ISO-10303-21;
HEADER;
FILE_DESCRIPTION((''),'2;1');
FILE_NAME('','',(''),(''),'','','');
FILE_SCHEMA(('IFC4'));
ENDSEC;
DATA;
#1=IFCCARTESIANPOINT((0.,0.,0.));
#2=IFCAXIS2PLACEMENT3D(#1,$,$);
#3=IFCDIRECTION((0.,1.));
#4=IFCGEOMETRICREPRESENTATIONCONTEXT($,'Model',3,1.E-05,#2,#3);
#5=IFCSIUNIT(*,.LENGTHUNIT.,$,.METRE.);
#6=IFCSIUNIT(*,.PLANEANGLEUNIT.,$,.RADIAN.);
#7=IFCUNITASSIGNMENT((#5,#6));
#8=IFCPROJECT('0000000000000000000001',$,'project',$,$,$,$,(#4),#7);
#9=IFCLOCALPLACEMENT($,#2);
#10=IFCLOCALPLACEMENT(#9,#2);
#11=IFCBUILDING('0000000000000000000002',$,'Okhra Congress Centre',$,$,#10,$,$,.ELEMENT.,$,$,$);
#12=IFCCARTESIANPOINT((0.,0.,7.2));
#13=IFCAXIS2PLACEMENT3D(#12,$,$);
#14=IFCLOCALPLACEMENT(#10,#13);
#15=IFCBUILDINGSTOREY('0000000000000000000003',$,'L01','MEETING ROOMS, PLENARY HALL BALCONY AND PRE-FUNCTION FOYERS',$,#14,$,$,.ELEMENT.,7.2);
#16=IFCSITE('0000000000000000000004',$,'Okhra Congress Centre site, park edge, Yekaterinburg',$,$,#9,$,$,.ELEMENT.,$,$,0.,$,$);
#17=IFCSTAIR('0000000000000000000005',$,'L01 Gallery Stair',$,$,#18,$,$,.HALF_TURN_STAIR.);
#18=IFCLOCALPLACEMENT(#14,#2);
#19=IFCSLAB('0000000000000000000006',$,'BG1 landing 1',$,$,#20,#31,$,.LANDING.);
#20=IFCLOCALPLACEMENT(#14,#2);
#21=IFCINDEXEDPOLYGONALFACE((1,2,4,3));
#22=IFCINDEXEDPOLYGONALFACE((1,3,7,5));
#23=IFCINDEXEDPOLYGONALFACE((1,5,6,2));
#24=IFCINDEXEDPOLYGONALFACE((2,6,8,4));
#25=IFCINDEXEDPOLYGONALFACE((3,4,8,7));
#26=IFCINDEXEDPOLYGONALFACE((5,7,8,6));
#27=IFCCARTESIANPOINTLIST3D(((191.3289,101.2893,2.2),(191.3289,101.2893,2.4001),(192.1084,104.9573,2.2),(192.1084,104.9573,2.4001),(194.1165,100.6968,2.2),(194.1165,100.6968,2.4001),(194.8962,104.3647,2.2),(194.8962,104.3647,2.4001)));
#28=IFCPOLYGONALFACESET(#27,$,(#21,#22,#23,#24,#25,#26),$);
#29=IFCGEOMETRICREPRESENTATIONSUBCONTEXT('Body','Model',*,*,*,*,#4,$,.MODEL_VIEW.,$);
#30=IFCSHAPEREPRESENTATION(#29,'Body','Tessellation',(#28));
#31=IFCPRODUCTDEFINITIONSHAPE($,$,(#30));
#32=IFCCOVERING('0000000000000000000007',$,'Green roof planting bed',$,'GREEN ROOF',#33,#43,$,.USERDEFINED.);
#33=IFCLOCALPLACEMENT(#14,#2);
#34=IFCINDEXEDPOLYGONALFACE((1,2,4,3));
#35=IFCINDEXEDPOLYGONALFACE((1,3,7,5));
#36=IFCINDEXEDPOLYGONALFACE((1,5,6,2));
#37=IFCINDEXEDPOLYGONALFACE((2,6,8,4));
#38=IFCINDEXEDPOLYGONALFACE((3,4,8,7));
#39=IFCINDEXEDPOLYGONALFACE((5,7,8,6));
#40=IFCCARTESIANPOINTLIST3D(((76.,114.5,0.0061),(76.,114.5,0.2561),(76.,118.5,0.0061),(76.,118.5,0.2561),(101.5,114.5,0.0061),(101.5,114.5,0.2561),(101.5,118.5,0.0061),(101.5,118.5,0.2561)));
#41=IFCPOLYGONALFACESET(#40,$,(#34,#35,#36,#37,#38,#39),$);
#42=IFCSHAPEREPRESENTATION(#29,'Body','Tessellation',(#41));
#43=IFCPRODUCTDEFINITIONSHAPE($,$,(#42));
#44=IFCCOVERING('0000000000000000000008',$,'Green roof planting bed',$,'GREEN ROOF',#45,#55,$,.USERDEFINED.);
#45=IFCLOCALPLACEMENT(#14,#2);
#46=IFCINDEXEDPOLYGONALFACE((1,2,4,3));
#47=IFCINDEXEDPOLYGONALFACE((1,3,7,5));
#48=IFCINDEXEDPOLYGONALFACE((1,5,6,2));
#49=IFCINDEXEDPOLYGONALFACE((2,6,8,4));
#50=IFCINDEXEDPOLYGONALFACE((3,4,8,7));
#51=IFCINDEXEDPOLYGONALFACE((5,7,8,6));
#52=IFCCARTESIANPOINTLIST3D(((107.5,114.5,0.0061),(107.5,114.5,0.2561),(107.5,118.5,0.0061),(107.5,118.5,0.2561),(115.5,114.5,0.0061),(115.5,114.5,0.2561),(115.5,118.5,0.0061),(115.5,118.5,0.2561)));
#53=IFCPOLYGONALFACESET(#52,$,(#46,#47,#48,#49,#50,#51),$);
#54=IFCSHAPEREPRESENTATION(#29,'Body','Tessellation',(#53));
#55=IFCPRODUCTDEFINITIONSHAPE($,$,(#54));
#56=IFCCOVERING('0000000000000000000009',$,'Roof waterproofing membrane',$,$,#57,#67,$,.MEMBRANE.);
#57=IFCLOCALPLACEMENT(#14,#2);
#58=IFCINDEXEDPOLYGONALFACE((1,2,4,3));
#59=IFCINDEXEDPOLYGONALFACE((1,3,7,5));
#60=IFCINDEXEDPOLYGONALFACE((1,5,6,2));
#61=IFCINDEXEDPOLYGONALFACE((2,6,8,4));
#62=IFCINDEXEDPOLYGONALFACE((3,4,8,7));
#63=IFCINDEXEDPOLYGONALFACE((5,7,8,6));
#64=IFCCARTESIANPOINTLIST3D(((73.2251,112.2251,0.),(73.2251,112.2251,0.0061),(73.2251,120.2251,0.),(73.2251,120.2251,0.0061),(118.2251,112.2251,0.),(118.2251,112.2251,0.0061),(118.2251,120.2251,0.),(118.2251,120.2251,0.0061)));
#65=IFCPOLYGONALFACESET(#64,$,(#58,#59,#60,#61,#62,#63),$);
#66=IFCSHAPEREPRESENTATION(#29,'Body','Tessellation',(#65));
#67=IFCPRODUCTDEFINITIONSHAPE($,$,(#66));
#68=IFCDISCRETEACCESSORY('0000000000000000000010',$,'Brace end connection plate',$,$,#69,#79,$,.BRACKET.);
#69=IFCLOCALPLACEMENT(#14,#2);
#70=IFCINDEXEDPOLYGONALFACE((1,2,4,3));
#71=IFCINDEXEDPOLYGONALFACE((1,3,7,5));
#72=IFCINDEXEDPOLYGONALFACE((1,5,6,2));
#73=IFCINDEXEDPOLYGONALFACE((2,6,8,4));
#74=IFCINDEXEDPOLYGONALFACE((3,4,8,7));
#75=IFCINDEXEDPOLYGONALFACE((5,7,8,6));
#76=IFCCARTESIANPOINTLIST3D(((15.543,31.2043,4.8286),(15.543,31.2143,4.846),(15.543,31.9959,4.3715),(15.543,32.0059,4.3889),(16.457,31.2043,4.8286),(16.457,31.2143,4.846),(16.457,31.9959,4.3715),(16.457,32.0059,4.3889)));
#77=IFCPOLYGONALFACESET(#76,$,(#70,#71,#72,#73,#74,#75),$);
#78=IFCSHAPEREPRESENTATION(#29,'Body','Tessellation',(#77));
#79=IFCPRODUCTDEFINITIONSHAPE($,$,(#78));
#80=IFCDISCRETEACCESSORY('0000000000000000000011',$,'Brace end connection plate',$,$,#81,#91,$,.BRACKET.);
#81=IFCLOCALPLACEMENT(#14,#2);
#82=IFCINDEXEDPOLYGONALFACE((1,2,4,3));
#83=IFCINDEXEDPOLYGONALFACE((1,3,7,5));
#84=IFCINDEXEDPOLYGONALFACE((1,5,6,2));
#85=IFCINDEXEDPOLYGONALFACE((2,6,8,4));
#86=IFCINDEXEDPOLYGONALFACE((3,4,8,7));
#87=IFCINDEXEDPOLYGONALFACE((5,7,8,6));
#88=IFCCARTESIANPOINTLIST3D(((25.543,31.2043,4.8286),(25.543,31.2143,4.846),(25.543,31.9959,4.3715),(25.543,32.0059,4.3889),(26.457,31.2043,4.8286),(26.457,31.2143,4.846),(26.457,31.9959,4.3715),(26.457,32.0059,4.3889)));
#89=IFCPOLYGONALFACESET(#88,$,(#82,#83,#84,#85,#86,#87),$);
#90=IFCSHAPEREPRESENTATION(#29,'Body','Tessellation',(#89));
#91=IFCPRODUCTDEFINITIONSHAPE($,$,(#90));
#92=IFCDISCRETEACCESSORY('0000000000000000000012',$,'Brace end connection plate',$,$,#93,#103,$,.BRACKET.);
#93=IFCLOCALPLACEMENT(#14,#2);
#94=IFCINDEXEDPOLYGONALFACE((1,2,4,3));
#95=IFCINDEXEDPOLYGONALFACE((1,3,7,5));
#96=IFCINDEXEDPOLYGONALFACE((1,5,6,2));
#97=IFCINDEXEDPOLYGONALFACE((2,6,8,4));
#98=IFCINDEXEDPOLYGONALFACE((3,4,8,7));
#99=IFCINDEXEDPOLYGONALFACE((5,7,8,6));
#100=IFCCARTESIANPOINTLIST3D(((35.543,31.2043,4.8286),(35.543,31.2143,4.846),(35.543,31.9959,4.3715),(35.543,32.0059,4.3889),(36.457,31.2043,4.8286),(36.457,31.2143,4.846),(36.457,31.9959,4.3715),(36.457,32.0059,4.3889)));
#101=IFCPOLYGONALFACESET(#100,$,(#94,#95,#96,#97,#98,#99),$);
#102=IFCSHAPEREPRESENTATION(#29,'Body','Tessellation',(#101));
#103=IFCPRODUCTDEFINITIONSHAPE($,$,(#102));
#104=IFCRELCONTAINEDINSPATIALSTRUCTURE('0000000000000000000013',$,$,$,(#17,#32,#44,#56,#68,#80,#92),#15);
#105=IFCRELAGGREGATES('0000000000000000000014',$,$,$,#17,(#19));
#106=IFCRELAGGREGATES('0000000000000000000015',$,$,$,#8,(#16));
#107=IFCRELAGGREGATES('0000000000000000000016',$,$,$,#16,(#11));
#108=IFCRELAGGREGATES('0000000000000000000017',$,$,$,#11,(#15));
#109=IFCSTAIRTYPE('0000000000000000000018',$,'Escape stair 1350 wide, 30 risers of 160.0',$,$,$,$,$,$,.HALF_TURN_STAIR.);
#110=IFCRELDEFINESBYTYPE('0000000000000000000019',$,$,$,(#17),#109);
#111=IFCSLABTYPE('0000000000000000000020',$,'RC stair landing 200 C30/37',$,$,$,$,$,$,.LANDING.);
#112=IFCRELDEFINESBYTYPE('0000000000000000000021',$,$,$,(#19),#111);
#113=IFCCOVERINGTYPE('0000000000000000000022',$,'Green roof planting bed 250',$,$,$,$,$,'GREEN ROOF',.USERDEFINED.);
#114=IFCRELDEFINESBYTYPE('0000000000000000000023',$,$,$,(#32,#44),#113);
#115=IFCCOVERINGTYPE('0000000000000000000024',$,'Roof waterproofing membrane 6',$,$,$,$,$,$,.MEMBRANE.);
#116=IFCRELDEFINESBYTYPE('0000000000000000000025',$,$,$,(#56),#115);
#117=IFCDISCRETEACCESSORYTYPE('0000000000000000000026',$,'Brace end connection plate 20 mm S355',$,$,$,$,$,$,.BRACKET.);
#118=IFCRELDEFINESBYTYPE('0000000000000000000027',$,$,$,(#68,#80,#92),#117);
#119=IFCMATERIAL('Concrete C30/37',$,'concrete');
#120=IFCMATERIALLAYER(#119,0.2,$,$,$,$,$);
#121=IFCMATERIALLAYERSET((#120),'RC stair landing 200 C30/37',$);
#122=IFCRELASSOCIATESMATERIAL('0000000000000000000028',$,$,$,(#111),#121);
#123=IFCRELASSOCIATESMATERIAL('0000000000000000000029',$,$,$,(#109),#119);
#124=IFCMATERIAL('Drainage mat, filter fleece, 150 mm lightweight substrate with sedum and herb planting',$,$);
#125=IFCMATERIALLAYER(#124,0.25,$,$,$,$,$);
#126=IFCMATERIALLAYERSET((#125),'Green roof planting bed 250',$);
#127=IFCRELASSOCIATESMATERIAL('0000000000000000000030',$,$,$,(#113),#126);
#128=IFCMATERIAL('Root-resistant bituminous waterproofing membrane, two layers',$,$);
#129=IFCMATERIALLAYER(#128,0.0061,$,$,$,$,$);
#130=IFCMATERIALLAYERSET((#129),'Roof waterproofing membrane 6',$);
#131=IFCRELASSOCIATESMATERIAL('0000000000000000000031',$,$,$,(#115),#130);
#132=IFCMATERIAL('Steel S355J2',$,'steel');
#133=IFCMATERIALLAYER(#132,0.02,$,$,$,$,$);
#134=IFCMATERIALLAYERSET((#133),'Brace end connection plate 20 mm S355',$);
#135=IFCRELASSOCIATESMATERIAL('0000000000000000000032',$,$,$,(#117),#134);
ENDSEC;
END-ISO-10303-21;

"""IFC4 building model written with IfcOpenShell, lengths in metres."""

from ifc_helpers import new_model, si_unit, direction, frame, origin, origin_2d, place, context, subcontext, project, spatial, polyline, rectangle, outline, extrude, material, layer, layer_set, type_object, element, aggregate, save


model = new_model("IFC4")

# Units and contexts
model_context = context("Model", 3, precision=1e-05, world=origin(), true_north=direction((0.0, 1.0)))
body_context = subcontext(model_context, "Body", "Model", "MODEL_VIEW")
ifc_project = project(units=[si_unit("LENGTHUNIT", "METRE"), si_unit("PLANEANGLEUNIT", "RADIAN")], contexts=[model_context])

# Site, building, storey
site_placement = place(None, origin())
site = spatial("IfcSite", under=ifc_project, at=site_placement, Name="Okhra Congress Centre site, park edge, Yekaterinburg", CompositionType="ELEMENT", RefElevation=0.0)
building_placement = place(site_placement, origin())
building = spatial("IfcBuilding", under=site, at=building_placement, Name="Okhra Congress Centre", CompositionType="ELEMENT")
storey_placement = place(building_placement, frame((0.0, 0.0, 7.2)))
storey = spatial("IfcBuildingStorey", under=building, at=storey_placement, Name="L01", Description="MEETING ROOMS, PLENARY HALL BALCONY AND PRE-FUNCTION FOYERS", CompositionType="ELEMENT", Elevation=7.2)

# Shared definitions
ifc_material_1 = material(Name="Concrete C30/37", Category="concrete")

# Stair, slab
ifc_layer_1 = layer(ifc_material_1, 0.2)
ifc_layer_set_1 = layer_set([ifc_layer_1], Name="RC stair landing 200 C30/37")
slab_type_1 = type_object("IfcSlabType", Name="RC stair landing 200 C30/37", PredefinedType="LANDING", material=ifc_layer_set_1)
stair_type_1 = type_object("IfcStairType", Name="Escape stair 1350 wide, 30 risers of 160.0", PredefinedType="HALF_TURN_STAIR", material=ifc_material_1)
stair_1_placement = place(storey_placement, origin())
stair_1 = element("IfcStair", 1, at=stair_1_placement, inside=storey, type_object=stair_type_1, Name="L01 Gallery Stair", PredefinedType="HALF_TURN_STAIR")
slab_1_placement = place(storey_placement, frame((0.0, 0.0, 2.2)))
slab_1 = element("IfcSlab", 2, at=slab_1_placement, type_object=slab_type_1, Name="BG1 landing 1", PredefinedType="LANDING", context=body_context, shape_type="SweptSolid", body=[
    extrude(outline(polyline([(194.1165, 100.6968), (194.8962, 104.3647), (192.1084, 104.9573), (191.3289, 101.2893), (194.1165, 100.6968)])), origin(), (0.0, 0.0, 1.0), 0.2002),
])
aggregate(stair_1, [slab_1])

# Coverings
ifc_material_2 = material(Name="Drainage mat, filter fleece, 150 mm lightweight substrate with sedum and herb planting")
ifc_layer_2 = layer(ifc_material_2, 0.25)
ifc_layer_set_2 = layer_set([ifc_layer_2], Name="Green roof planting bed 250")
covering_type_1 = type_object("IfcCoveringType", Name="Green roof planting bed 250", ElementType="GREEN ROOF", PredefinedType="USERDEFINED", material=ifc_layer_set_2)
covering_1_placement = place(storey_placement, frame((0.0, 0.0, 0.0061)))
element("IfcCovering", 3, at=covering_1_placement, inside=storey, type_object=covering_type_1, Name="Green roof planting bed", ObjectType="GREEN ROOF", PredefinedType="USERDEFINED", context=body_context, shape_type="SweptSolid", body=[
    extrude(outline(polyline([(76.0, 114.5), (101.5, 114.5), (101.5, 118.5), (76.0, 118.5), (76.0, 114.5)])), origin(), (0.0, 0.0, 1.0), 0.25),
])
covering_2_placement = place(storey_placement, frame((0.0, 0.0, 0.0061)))
element("IfcCovering", 4, at=covering_2_placement, inside=storey, type_object=covering_type_1, Name="Green roof planting bed", ObjectType="GREEN ROOF", PredefinedType="USERDEFINED", context=body_context, shape_type="SweptSolid", body=[
    extrude(outline(polyline([(107.5, 114.5), (115.5, 114.5), (115.5, 118.5), (107.5, 118.5), (107.5, 114.5)])), origin(), (0.0, 0.0, 1.0), 0.25),
])
ifc_material_3 = material(Name="Root-resistant bituminous waterproofing membrane, two layers")
ifc_layer_3 = layer(ifc_material_3, 0.0061)
ifc_layer_set_3 = layer_set([ifc_layer_3], Name="Roof waterproofing membrane 6")
covering_type_2 = type_object("IfcCoveringType", Name="Roof waterproofing membrane 6", PredefinedType="MEMBRANE", material=ifc_layer_set_3)
covering_3_placement = place(storey_placement, origin())
element("IfcCovering", 5, at=covering_3_placement, inside=storey, type_object=covering_type_2, Name="Roof waterproofing membrane", PredefinedType="MEMBRANE", context=body_context, shape_type="SweptSolid", body=[
    extrude(outline(polyline([(73.2251, 112.2251), (118.2251, 112.2251), (118.2251, 120.2251), (73.2251, 120.2251), (73.2251, 112.2251)])), origin(), (0.0, 0.0, 1.0), 0.0061),
])

# Discrete accessories
ifc_material_4 = material(Name="Steel S355J2", Category="steel")
ifc_layer_4 = layer(ifc_material_4, 0.02)
ifc_layer_set_4 = layer_set([ifc_layer_4], Name="Brace end connection plate 20 mm S355")
discrete_accessory_type = type_object("IfcDiscreteAccessoryType", Name="Brace end connection plate 20 mm S355", PredefinedType="BRACKET", material=ifc_layer_set_4)
for number, where, z_axis, x_axis, name in (
    (6, (16.0, 31.6001, 4.6001), (0.0, 0.500074, 0.865982), (-1.0, 0.0, 0.0), "Brace end connection plate"),
    (7, (26.0, 31.6001, 4.6001), (0.0, 0.500074, 0.865982), (-1.0, 0.0, 0.0), "Brace end connection plate"),
    (8, (36.0, 31.6001, 4.6001), (0.0, 0.500074, 0.865982), (-1.0, 0.0, 0.0), "Brace end connection plate"),
):
    element("IfcDiscreteAccessory", number, at=place(storey_placement, frame(where, z_axis=z_axis, x_axis=x_axis)), inside=storey, type_object=discrete_accessory_type, Name=name, PredefinedType="BRACKET", context=body_context, shape_type="SweptSolid", body=[
        extrude(rectangle(XDim=0.9141, YDim=0.9141, at=origin_2d()), origin(), (0.0, 0.0, 1.0), 0.02),
    ])

save(model, "model.ifc")
